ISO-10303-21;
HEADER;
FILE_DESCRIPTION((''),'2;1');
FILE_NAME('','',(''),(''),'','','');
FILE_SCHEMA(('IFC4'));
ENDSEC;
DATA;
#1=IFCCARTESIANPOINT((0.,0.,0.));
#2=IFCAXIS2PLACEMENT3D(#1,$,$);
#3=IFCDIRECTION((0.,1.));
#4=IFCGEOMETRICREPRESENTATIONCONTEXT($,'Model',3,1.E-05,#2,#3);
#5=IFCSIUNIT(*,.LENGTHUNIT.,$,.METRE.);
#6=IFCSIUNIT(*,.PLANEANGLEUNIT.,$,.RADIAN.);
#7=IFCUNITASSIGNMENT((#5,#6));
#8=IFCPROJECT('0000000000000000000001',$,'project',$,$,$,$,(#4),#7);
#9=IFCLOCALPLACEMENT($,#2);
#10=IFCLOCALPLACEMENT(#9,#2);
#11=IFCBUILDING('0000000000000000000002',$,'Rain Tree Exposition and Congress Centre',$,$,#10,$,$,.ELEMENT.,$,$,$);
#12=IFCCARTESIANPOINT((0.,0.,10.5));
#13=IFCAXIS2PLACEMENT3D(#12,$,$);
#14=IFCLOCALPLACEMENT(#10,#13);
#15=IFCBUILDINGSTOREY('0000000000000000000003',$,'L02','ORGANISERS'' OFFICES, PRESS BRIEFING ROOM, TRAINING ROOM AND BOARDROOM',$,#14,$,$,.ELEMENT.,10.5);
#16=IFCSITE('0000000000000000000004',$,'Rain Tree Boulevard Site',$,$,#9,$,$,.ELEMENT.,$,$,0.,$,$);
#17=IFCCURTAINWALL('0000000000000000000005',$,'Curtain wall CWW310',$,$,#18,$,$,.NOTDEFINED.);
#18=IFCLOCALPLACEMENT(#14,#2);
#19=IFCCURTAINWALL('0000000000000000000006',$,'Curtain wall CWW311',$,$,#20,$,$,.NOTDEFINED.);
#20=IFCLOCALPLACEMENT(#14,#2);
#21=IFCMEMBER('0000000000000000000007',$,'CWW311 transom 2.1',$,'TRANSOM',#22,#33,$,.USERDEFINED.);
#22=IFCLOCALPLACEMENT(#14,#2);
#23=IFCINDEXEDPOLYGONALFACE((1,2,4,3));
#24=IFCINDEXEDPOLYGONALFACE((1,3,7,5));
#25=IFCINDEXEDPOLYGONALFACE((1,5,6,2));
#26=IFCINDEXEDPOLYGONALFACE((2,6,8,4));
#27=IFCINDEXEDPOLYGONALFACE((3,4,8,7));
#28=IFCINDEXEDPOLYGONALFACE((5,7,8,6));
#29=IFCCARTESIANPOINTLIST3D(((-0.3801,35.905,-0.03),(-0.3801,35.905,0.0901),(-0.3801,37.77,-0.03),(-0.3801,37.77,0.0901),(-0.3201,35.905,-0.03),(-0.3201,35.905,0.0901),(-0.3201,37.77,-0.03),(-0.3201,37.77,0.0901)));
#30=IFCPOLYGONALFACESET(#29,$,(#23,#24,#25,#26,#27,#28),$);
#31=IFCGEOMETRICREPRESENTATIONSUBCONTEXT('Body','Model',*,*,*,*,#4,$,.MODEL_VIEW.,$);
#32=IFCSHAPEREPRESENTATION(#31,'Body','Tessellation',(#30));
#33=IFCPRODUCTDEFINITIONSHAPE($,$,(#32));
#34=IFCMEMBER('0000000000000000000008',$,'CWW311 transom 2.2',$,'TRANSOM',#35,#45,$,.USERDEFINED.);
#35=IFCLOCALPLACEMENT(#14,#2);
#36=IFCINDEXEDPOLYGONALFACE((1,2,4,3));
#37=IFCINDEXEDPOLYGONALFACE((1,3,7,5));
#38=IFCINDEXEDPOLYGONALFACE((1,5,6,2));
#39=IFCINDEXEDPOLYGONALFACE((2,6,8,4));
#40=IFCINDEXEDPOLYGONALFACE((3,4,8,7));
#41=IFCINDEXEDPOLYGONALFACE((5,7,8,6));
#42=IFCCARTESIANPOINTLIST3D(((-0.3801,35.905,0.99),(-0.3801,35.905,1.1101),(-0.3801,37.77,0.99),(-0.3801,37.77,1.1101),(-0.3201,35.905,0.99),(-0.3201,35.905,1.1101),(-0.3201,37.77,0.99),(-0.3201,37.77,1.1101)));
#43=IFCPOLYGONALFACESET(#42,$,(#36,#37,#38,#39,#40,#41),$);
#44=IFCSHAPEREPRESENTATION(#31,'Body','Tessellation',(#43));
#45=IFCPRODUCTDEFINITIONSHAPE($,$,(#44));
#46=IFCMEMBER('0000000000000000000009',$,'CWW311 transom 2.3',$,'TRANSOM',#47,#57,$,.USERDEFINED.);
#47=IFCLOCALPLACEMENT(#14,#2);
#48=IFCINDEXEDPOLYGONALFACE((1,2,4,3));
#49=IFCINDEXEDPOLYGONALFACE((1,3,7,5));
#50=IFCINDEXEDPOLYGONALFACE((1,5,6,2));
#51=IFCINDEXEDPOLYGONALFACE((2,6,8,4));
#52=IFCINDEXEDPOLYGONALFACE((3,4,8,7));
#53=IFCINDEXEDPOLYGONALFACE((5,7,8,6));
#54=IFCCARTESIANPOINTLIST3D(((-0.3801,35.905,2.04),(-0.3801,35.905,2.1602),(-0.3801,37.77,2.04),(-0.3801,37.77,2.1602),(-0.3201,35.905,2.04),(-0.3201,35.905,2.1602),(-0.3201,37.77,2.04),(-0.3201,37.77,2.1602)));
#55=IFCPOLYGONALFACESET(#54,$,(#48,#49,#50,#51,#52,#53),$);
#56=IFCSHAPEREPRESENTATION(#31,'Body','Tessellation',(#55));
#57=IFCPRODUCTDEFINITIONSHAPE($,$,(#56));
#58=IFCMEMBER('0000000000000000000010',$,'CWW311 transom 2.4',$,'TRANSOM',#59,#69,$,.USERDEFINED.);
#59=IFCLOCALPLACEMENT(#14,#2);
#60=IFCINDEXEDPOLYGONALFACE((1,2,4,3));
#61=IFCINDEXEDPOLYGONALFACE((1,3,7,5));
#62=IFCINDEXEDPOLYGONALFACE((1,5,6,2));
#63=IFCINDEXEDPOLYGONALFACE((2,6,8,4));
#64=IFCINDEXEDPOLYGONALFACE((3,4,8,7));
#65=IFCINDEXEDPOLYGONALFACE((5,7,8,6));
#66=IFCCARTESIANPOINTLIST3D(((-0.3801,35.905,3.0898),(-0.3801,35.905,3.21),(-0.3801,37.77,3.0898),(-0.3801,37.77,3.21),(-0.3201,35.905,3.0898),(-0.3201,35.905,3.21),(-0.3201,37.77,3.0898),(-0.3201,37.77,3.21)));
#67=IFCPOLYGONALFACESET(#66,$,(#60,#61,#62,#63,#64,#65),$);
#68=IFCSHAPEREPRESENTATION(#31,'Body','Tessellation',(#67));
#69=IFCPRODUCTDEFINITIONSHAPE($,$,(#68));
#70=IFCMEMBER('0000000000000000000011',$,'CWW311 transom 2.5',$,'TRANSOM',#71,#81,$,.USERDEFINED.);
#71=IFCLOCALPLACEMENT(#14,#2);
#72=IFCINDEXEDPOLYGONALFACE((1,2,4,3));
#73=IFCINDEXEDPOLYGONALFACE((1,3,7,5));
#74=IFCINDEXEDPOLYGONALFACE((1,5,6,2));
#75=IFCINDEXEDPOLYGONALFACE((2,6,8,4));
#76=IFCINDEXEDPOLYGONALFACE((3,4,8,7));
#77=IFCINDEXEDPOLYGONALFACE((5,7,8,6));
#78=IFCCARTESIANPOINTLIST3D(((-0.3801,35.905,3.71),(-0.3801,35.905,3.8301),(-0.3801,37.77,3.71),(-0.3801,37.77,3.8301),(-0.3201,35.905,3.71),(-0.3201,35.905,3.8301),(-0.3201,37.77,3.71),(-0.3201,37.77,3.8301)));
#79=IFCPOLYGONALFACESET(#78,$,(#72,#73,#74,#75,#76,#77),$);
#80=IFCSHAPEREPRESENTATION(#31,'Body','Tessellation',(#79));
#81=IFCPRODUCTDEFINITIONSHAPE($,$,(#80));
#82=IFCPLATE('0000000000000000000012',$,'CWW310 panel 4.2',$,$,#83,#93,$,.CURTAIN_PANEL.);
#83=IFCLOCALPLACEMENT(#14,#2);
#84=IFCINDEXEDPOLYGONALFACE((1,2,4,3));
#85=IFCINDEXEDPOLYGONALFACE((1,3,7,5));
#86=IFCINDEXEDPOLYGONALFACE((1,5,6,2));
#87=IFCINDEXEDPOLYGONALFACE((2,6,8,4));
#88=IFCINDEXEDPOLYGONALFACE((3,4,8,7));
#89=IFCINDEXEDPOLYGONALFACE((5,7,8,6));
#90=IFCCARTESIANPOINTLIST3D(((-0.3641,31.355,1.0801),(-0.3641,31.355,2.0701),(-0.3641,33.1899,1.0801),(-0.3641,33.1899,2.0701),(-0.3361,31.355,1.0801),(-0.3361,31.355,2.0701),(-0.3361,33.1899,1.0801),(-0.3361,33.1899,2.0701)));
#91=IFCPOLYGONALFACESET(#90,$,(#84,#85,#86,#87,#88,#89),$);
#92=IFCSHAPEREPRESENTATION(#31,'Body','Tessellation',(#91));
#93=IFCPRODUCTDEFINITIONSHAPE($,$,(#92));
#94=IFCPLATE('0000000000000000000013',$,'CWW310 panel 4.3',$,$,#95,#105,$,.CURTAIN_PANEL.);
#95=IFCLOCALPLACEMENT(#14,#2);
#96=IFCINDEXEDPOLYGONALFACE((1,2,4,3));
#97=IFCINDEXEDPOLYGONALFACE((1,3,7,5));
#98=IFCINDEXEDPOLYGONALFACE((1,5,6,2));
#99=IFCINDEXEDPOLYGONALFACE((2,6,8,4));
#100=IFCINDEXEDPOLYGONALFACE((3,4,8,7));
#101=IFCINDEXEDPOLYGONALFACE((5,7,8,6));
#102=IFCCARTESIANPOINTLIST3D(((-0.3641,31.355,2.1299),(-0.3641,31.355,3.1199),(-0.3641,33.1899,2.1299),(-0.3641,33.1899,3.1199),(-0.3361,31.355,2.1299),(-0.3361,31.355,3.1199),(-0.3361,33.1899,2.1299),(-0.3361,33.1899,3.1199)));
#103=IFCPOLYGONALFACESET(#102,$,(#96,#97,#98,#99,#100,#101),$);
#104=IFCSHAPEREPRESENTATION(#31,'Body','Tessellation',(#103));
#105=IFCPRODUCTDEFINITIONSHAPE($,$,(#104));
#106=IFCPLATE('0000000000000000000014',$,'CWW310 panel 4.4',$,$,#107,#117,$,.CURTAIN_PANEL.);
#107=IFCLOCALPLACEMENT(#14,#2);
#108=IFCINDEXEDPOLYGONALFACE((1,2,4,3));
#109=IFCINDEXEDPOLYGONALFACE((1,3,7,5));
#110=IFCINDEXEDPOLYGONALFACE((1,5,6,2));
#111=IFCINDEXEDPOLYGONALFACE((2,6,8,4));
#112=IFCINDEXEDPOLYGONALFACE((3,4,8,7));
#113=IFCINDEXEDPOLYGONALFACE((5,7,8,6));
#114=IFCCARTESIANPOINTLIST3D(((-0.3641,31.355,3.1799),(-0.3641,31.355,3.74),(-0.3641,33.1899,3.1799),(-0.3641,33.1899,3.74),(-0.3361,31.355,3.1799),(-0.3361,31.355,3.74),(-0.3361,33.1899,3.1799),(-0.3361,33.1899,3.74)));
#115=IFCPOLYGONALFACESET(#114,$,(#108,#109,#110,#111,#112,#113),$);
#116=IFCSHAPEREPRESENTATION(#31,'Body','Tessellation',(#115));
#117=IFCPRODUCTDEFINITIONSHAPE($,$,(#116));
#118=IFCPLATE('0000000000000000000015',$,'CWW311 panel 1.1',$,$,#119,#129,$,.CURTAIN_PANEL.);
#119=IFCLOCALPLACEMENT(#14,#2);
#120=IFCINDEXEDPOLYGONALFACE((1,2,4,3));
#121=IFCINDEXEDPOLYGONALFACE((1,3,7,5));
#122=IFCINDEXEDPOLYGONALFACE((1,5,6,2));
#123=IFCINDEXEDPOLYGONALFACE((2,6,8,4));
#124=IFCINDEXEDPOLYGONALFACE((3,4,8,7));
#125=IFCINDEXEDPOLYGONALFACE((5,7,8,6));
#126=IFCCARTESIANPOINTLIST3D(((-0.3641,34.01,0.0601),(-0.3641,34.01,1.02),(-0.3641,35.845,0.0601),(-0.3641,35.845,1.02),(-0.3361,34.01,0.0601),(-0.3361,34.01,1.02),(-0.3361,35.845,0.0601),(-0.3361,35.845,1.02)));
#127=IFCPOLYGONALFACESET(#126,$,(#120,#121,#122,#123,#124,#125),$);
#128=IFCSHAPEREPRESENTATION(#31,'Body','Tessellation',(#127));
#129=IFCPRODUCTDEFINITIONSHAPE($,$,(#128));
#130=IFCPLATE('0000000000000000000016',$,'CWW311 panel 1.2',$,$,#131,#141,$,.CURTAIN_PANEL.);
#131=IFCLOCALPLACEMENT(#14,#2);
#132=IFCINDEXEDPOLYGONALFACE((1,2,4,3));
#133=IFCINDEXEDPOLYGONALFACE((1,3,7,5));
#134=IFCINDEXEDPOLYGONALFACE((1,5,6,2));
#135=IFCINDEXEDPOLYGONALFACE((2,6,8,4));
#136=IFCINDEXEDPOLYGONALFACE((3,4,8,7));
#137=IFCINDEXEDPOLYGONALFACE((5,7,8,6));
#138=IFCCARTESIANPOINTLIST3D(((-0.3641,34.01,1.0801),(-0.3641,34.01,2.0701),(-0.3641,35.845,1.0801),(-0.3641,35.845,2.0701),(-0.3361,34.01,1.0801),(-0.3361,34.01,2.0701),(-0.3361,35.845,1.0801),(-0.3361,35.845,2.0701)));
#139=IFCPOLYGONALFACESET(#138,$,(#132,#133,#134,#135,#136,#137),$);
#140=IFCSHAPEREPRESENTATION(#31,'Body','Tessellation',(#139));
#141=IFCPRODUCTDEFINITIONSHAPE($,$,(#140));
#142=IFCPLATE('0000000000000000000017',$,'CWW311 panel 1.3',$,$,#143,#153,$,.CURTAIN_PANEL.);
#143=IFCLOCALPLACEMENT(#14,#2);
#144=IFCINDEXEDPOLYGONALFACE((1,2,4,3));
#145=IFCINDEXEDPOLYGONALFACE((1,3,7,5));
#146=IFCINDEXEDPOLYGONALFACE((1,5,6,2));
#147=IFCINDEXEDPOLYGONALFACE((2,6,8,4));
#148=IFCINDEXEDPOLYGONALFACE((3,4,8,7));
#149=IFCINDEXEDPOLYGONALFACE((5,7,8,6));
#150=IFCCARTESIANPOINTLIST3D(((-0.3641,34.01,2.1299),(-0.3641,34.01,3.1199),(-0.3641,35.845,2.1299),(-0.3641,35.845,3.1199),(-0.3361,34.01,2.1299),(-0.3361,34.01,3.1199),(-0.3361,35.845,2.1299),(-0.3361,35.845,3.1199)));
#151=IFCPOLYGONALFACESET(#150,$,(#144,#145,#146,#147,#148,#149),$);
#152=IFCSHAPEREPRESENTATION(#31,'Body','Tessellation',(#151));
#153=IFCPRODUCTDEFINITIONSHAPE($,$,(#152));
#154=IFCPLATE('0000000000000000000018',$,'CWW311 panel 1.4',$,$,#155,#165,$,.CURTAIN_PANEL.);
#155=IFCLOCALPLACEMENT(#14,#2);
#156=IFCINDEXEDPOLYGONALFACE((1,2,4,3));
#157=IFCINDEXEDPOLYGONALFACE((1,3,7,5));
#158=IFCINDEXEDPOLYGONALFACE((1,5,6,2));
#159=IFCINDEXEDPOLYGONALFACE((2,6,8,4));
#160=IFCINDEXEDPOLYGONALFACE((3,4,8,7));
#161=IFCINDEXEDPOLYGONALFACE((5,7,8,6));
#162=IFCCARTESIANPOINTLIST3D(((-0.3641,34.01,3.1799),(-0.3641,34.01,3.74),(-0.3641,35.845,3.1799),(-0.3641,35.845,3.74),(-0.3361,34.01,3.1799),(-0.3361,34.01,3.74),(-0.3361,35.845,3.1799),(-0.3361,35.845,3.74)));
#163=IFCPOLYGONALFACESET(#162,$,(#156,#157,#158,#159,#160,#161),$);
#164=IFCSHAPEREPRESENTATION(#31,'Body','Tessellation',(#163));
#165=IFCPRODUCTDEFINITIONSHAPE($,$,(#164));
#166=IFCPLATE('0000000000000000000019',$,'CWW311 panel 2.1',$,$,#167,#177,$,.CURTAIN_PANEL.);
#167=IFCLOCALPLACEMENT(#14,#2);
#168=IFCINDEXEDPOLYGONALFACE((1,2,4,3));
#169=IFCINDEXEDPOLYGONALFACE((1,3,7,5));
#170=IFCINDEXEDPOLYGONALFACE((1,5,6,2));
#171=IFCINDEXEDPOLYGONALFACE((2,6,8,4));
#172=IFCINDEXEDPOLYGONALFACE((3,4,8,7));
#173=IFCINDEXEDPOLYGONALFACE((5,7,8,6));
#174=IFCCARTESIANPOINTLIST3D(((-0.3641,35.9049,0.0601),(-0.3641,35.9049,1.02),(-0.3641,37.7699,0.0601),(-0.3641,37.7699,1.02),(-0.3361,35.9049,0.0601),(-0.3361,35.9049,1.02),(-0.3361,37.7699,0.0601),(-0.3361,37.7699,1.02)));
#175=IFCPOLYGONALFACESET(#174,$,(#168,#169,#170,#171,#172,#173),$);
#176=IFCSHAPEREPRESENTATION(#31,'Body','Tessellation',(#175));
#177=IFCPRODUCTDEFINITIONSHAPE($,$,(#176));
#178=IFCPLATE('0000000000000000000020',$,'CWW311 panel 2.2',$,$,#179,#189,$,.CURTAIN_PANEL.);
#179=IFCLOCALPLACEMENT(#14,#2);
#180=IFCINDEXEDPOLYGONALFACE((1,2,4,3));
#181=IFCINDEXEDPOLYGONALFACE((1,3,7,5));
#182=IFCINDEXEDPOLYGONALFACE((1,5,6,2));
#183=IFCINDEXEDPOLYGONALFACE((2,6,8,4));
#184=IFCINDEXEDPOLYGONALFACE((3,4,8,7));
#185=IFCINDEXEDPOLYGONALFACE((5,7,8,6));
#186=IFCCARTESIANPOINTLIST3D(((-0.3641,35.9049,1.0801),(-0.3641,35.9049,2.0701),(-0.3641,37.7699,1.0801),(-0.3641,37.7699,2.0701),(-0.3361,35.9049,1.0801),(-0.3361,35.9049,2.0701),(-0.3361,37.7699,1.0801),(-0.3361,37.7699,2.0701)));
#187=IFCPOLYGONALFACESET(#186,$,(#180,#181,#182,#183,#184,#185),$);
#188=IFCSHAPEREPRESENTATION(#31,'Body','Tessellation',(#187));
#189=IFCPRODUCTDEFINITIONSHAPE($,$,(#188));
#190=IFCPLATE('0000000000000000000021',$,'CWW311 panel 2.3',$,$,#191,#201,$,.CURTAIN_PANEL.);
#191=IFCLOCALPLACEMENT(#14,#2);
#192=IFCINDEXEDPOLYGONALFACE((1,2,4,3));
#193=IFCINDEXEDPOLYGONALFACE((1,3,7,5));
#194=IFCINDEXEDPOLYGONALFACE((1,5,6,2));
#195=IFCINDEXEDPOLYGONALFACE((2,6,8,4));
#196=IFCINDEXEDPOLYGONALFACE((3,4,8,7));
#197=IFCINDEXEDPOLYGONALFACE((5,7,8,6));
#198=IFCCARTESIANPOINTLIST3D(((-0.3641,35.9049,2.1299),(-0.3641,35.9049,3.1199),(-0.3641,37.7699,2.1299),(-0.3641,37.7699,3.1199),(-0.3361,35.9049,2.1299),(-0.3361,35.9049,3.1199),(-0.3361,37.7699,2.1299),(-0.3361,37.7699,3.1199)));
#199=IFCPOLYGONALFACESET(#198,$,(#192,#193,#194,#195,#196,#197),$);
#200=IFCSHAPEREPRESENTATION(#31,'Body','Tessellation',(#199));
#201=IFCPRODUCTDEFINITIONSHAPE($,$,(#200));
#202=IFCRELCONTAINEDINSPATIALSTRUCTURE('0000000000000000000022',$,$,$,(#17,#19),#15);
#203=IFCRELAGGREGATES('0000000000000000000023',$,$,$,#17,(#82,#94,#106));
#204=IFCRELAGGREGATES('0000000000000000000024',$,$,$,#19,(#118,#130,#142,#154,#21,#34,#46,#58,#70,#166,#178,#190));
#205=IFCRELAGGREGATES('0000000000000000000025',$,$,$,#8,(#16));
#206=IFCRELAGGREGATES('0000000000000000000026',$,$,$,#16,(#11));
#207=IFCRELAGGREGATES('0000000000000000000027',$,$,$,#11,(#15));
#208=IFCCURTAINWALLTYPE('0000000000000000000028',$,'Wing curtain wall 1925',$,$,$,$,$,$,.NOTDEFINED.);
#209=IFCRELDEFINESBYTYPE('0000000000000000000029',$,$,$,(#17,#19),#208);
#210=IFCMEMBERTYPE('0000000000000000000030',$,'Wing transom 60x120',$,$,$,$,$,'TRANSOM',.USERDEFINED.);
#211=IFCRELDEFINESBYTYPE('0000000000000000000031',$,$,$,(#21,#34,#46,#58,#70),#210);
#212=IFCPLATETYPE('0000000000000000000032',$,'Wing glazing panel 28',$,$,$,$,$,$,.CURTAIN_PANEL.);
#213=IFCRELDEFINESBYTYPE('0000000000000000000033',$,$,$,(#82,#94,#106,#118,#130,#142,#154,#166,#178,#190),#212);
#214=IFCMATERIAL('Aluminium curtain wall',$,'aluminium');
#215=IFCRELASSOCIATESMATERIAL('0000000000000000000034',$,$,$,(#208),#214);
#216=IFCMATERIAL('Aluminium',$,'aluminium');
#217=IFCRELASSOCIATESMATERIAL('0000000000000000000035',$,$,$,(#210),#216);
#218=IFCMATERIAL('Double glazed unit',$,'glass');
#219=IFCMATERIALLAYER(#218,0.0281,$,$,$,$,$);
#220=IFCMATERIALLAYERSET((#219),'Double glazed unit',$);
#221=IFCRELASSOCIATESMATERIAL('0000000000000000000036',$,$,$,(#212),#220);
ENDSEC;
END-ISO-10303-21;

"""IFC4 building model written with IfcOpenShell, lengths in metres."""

from ifc_helpers import new_model, si_unit, direction, frame, origin, origin_2d, place, context, subcontext, project, spatial, rectangle, extrude, material, layer, layer_set, material_profile, profile_set, type_object, element, aggregate, save


model = new_model("IFC4")

# Units and contexts
model_context = context("Model", 3, precision=1e-05, world=origin(), true_north=direction((0.0, 1.0)))
body_context = subcontext(model_context, "Body", "Model", "MODEL_VIEW")
ifc_project = project(units=[si_unit("LENGTHUNIT", "METRE"), si_unit("PLANEANGLEUNIT", "RADIAN")], contexts=[model_context])

# Site, building, storey
site_placement = place(None, origin())
site = spatial("IfcSite", under=ifc_project, at=site_placement, Name="Rain Tree Boulevard Site", CompositionType="ELEMENT", RefElevation=0.0)
building_placement = place(site_placement, origin())
building = spatial("IfcBuilding", under=site, at=building_placement, Name="Rain Tree Exposition and Congress Centre", CompositionType="ELEMENT")
storey_placement = place(building_placement, frame((0.0, 0.0, 10.5)))
storey = spatial("IfcBuildingStorey", under=building, at=storey_placement, Name="L02", Description="ORGANISERS' OFFICES, PRESS BRIEFING ROOM, TRAINING ROOM AND BOARDROOM", CompositionType="ELEMENT", Elevation=10.5)

# Curtain wall
ifc_material_1 = material(Name="Aluminium curtain wall", Category="aluminium")
curtain_wall_type = type_object("IfcCurtainWallType", Name="Wing curtain wall 1925", PredefinedType="NOTDEFINED", material=ifc_material_1)
curtain_wall_1_placement = place(storey_placement, origin())
curtain_wall_1 = element("IfcCurtainWall", 1, at=curtain_wall_1_placement, inside=storey, type_object=curtain_wall_type, Name="Curtain wall CWW310", PredefinedType="NOTDEFINED")

# Curtain wall, members
curtain_wall_2_placement = place(storey_placement, origin())
curtain_wall_2 = element("IfcCurtainWall", 2, at=curtain_wall_2_placement, inside=storey, type_object=curtain_wall_type, Name="Curtain wall CWW311", PredefinedType="NOTDEFINED")
ifc_material_2 = material(Name="Aluminium", Category="aluminium")
ifc_material_profile_1 = material_profile(ifc_material_2, rectangle(XDim=0.0601, YDim=0.1201, at=origin_2d()), Name="Aluminium 60x120")
ifc_profile_set_1 = profile_set([ifc_material_profile_1], Name="Aluminium")
member_type_1 = type_object("IfcMemberType", Name="Wing transom 60x120", ElementType="TRANSOM", PredefinedType="USERDEFINED", material=ifc_profile_set_1)
member_1_placement = place(storey_placement, frame((-0.3501, 35.905, 0.03), z_axis=(0.0, 1.0, 0.0), x_axis=(-1.0, 0.0, 0.0)))
member_1 = element("IfcMember", 3, at=member_1_placement, type_object=member_type_1, Name="CWW311 transom 2.1", ObjectType="TRANSOM", PredefinedType="USERDEFINED", context=body_context, shape_type="SweptSolid", body=[
    extrude(rectangle(XDim=0.0601, YDim=0.1201, at=origin_2d()), origin(), (0.0, 0.0, 1.0), 1.865),
])
member_2_placement = place(storey_placement, frame((-0.3501, 35.905, 1.05), z_axis=(0.0, 1.0, 0.0), x_axis=(-1.0, 0.0, 0.0)))
member_2 = element("IfcMember", 4, at=member_2_placement, type_object=member_type_1, Name="CWW311 transom 2.2", ObjectType="TRANSOM", PredefinedType="USERDEFINED", context=body_context, shape_type="SweptSolid", body=[
    extrude(rectangle(XDim=0.0601, YDim=0.1201, at=origin_2d()), origin(), (0.0, 0.0, 1.0), 1.865),
])
member_3_placement = place(storey_placement, frame((-0.3501, 35.905, 2.1001), z_axis=(0.0, 1.0, 0.0), x_axis=(-1.0, 0.0, 0.0)))
member_3 = element("IfcMember", 5, at=member_3_placement, type_object=member_type_1, Name="CWW311 transom 2.3", ObjectType="TRANSOM", PredefinedType="USERDEFINED", context=body_context, shape_type="SweptSolid", body=[
    extrude(rectangle(XDim=0.0601, YDim=0.1201, at=origin_2d()), origin(), (0.0, 0.0, 1.0), 1.865),
])
member_4_placement = place(storey_placement, frame((-0.3501, 35.905, 3.1499), z_axis=(0.0, 1.0, 0.0), x_axis=(-1.0, 0.0, 0.0)))
member_4 = element("IfcMember", 6, at=member_4_placement, type_object=member_type_1, Name="CWW311 transom 2.4", ObjectType="TRANSOM", PredefinedType="USERDEFINED", context=body_context, shape_type="SweptSolid", body=[
    extrude(rectangle(XDim=0.0601, YDim=0.1201, at=origin_2d()), origin(), (0.0, 0.0, 1.0), 1.865),
])
member_5_placement = place(storey_placement, frame((-0.3501, 35.905, 3.77), z_axis=(0.0, 1.0, 0.0), x_axis=(-1.0, 0.0, 0.0)))
member_5 = element("IfcMember", 7, at=member_5_placement, type_object=member_type_1, Name="CWW311 transom 2.5", ObjectType="TRANSOM", PredefinedType="USERDEFINED", context=body_context, shape_type="SweptSolid", body=[
    extrude(rectangle(XDim=0.0601, YDim=0.1201, at=origin_2d()), origin(), (0.0, 0.0, 1.0), 1.865),
])

# Plates
ifc_material_3 = material(Name="Double glazed unit", Category="glass")
ifc_layer_1 = layer(ifc_material_3, 0.0281)
ifc_layer_set_1 = layer_set([ifc_layer_1], Name="Double glazed unit")
plate_type = type_object("IfcPlateType", Name="Wing glazing panel 28", PredefinedType="CURTAIN_PANEL", material=ifc_layer_set_1)
plate_1_placement = place(storey_placement, frame((-0.3501, 32.2725, 1.0801), z_axis=(0.0, 0.0, 1.0), x_axis=(0.0, 1.0, 0.0)))
plate_1 = element("IfcPlate", 8, at=plate_1_placement, type_object=plate_type, Name="CWW310 panel 4.2", PredefinedType="CURTAIN_PANEL", context=body_context, shape_type="SweptSolid", body=[
    extrude(rectangle(XDim=1.835, YDim=0.0281, at=origin_2d()), origin(), (0.0, 0.0, 1.0), 0.99),
])
plate_2_placement = place(storey_placement, frame((-0.3501, 32.2725, 2.1299), z_axis=(0.0, 0.0, 1.0), x_axis=(0.0, 1.0, 0.0)))
plate_2 = element("IfcPlate", 9, at=plate_2_placement, type_object=plate_type, Name="CWW310 panel 4.3", PredefinedType="CURTAIN_PANEL", context=body_context, shape_type="SweptSolid", body=[
    extrude(rectangle(XDim=1.835, YDim=0.0281, at=origin_2d()), origin(), (0.0, 0.0, 1.0), 0.99),
])
plate_3_placement = place(storey_placement, frame((-0.3501, 32.2725, 3.1799), z_axis=(0.0, 0.0, 1.0), x_axis=(0.0, 1.0, 0.0)))
plate_3 = element("IfcPlate", 10, at=plate_3_placement, type_object=plate_type, Name="CWW310 panel 4.4", PredefinedType="CURTAIN_PANEL", context=body_context, shape_type="SweptSolid", body=[
    extrude(rectangle(XDim=1.835, YDim=0.0281, at=origin_2d()), origin(), (0.0, 0.0, 1.0), 0.5601),
])
aggregate(curtain_wall_1, [plate_1, plate_2, plate_3])
plate_4_placement = place(storey_placement, frame((-0.3501, 34.9275, 0.0601), z_axis=(0.0, 0.0, 1.0), x_axis=(0.0, 1.0, 0.0)))
plate_4 = element("IfcPlate", 11, at=plate_4_placement, type_object=plate_type, Name="CWW311 panel 1.1", PredefinedType="CURTAIN_PANEL", context=body_context, shape_type="SweptSolid", body=[
    extrude(rectangle(XDim=1.835, YDim=0.0281, at=origin_2d()), origin(), (0.0, 0.0, 1.0), 0.96),
])
plate_5_placement = place(storey_placement, frame((-0.3501, 34.9275, 1.0801), z_axis=(0.0, 0.0, 1.0), x_axis=(0.0, 1.0, 0.0)))
plate_5 = element("IfcPlate", 12, at=plate_5_placement, type_object=plate_type, Name="CWW311 panel 1.2", PredefinedType="CURTAIN_PANEL", context=body_context, shape_type="SweptSolid", body=[
    extrude(rectangle(XDim=1.835, YDim=0.0281, at=origin_2d()), origin(), (0.0, 0.0, 1.0), 0.99),
])
plate_6_placement = place(storey_placement, frame((-0.3501, 34.9275, 2.1299), z_axis=(0.0, 0.0, 1.0), x_axis=(0.0, 1.0, 0.0)))
plate_6 = element("IfcPlate", 13, at=plate_6_placement, type_object=plate_type, Name="CWW311 panel 1.3", PredefinedType="CURTAIN_PANEL", context=body_context, shape_type="SweptSolid", body=[
    extrude(rectangle(XDim=1.835, YDim=0.0281, at=origin_2d()), origin(), (0.0, 0.0, 1.0), 0.99),
])
plate_7_placement = place(storey_placement, frame((-0.3501, 34.9275, 3.1799), z_axis=(0.0, 0.0, 1.0), x_axis=(0.0, 1.0, 0.0)))
plate_7 = element("IfcPlate", 14, at=plate_7_placement, type_object=plate_type, Name="CWW311 panel 1.4", PredefinedType="CURTAIN_PANEL", context=body_context, shape_type="SweptSolid", body=[
    extrude(rectangle(XDim=1.835, YDim=0.0281, at=origin_2d()), origin(), (0.0, 0.0, 1.0), 0.5601),
])
plate_8_placement = place(storey_placement, frame((-0.3501, 36.8374, 0.0601), z_axis=(0.0, 0.0, 1.0), x_axis=(0.0, 1.0, 0.0)))
plate_8 = element("IfcPlate", 15, at=plate_8_placement, type_object=plate_type, Name="CWW311 panel 2.1", PredefinedType="CURTAIN_PANEL", context=body_context, shape_type="SweptSolid", body=[
    extrude(rectangle(XDim=1.865, YDim=0.0281, at=origin_2d()), origin(), (0.0, 0.0, 1.0), 0.96),
])
plate_9_placement = place(storey_placement, frame((-0.3501, 36.8374, 1.0801), z_axis=(0.0, 0.0, 1.0), x_axis=(0.0, 1.0, 0.0)))
plate_9 = element("IfcPlate", 16, at=plate_9_placement, type_object=plate_type, Name="CWW311 panel 2.2", PredefinedType="CURTAIN_PANEL", context=body_context, shape_type="SweptSolid", body=[
    extrude(rectangle(XDim=1.865, YDim=0.0281, at=origin_2d()), origin(), (0.0, 0.0, 1.0), 0.99),
])
plate_10_placement = place(storey_placement, frame((-0.3501, 36.8374, 2.1299), z_axis=(0.0, 0.0, 1.0), x_axis=(0.0, 1.0, 0.0)))
plate_10 = element("IfcPlate", 17, at=plate_10_placement, type_object=plate_type, Name="CWW311 panel 2.3", PredefinedType="CURTAIN_PANEL", context=body_context, shape_type="SweptSolid", body=[
    extrude(rectangle(XDim=1.865, YDim=0.0281, at=origin_2d()), origin(), (0.0, 0.0, 1.0), 0.99),
])
aggregate(curtain_wall_2, [plate_4, plate_5, plate_6, plate_7, member_1, member_2, member_3, member_4, member_5, plate_8, plate_9, plate_10])

save(model, "model.ifc")
